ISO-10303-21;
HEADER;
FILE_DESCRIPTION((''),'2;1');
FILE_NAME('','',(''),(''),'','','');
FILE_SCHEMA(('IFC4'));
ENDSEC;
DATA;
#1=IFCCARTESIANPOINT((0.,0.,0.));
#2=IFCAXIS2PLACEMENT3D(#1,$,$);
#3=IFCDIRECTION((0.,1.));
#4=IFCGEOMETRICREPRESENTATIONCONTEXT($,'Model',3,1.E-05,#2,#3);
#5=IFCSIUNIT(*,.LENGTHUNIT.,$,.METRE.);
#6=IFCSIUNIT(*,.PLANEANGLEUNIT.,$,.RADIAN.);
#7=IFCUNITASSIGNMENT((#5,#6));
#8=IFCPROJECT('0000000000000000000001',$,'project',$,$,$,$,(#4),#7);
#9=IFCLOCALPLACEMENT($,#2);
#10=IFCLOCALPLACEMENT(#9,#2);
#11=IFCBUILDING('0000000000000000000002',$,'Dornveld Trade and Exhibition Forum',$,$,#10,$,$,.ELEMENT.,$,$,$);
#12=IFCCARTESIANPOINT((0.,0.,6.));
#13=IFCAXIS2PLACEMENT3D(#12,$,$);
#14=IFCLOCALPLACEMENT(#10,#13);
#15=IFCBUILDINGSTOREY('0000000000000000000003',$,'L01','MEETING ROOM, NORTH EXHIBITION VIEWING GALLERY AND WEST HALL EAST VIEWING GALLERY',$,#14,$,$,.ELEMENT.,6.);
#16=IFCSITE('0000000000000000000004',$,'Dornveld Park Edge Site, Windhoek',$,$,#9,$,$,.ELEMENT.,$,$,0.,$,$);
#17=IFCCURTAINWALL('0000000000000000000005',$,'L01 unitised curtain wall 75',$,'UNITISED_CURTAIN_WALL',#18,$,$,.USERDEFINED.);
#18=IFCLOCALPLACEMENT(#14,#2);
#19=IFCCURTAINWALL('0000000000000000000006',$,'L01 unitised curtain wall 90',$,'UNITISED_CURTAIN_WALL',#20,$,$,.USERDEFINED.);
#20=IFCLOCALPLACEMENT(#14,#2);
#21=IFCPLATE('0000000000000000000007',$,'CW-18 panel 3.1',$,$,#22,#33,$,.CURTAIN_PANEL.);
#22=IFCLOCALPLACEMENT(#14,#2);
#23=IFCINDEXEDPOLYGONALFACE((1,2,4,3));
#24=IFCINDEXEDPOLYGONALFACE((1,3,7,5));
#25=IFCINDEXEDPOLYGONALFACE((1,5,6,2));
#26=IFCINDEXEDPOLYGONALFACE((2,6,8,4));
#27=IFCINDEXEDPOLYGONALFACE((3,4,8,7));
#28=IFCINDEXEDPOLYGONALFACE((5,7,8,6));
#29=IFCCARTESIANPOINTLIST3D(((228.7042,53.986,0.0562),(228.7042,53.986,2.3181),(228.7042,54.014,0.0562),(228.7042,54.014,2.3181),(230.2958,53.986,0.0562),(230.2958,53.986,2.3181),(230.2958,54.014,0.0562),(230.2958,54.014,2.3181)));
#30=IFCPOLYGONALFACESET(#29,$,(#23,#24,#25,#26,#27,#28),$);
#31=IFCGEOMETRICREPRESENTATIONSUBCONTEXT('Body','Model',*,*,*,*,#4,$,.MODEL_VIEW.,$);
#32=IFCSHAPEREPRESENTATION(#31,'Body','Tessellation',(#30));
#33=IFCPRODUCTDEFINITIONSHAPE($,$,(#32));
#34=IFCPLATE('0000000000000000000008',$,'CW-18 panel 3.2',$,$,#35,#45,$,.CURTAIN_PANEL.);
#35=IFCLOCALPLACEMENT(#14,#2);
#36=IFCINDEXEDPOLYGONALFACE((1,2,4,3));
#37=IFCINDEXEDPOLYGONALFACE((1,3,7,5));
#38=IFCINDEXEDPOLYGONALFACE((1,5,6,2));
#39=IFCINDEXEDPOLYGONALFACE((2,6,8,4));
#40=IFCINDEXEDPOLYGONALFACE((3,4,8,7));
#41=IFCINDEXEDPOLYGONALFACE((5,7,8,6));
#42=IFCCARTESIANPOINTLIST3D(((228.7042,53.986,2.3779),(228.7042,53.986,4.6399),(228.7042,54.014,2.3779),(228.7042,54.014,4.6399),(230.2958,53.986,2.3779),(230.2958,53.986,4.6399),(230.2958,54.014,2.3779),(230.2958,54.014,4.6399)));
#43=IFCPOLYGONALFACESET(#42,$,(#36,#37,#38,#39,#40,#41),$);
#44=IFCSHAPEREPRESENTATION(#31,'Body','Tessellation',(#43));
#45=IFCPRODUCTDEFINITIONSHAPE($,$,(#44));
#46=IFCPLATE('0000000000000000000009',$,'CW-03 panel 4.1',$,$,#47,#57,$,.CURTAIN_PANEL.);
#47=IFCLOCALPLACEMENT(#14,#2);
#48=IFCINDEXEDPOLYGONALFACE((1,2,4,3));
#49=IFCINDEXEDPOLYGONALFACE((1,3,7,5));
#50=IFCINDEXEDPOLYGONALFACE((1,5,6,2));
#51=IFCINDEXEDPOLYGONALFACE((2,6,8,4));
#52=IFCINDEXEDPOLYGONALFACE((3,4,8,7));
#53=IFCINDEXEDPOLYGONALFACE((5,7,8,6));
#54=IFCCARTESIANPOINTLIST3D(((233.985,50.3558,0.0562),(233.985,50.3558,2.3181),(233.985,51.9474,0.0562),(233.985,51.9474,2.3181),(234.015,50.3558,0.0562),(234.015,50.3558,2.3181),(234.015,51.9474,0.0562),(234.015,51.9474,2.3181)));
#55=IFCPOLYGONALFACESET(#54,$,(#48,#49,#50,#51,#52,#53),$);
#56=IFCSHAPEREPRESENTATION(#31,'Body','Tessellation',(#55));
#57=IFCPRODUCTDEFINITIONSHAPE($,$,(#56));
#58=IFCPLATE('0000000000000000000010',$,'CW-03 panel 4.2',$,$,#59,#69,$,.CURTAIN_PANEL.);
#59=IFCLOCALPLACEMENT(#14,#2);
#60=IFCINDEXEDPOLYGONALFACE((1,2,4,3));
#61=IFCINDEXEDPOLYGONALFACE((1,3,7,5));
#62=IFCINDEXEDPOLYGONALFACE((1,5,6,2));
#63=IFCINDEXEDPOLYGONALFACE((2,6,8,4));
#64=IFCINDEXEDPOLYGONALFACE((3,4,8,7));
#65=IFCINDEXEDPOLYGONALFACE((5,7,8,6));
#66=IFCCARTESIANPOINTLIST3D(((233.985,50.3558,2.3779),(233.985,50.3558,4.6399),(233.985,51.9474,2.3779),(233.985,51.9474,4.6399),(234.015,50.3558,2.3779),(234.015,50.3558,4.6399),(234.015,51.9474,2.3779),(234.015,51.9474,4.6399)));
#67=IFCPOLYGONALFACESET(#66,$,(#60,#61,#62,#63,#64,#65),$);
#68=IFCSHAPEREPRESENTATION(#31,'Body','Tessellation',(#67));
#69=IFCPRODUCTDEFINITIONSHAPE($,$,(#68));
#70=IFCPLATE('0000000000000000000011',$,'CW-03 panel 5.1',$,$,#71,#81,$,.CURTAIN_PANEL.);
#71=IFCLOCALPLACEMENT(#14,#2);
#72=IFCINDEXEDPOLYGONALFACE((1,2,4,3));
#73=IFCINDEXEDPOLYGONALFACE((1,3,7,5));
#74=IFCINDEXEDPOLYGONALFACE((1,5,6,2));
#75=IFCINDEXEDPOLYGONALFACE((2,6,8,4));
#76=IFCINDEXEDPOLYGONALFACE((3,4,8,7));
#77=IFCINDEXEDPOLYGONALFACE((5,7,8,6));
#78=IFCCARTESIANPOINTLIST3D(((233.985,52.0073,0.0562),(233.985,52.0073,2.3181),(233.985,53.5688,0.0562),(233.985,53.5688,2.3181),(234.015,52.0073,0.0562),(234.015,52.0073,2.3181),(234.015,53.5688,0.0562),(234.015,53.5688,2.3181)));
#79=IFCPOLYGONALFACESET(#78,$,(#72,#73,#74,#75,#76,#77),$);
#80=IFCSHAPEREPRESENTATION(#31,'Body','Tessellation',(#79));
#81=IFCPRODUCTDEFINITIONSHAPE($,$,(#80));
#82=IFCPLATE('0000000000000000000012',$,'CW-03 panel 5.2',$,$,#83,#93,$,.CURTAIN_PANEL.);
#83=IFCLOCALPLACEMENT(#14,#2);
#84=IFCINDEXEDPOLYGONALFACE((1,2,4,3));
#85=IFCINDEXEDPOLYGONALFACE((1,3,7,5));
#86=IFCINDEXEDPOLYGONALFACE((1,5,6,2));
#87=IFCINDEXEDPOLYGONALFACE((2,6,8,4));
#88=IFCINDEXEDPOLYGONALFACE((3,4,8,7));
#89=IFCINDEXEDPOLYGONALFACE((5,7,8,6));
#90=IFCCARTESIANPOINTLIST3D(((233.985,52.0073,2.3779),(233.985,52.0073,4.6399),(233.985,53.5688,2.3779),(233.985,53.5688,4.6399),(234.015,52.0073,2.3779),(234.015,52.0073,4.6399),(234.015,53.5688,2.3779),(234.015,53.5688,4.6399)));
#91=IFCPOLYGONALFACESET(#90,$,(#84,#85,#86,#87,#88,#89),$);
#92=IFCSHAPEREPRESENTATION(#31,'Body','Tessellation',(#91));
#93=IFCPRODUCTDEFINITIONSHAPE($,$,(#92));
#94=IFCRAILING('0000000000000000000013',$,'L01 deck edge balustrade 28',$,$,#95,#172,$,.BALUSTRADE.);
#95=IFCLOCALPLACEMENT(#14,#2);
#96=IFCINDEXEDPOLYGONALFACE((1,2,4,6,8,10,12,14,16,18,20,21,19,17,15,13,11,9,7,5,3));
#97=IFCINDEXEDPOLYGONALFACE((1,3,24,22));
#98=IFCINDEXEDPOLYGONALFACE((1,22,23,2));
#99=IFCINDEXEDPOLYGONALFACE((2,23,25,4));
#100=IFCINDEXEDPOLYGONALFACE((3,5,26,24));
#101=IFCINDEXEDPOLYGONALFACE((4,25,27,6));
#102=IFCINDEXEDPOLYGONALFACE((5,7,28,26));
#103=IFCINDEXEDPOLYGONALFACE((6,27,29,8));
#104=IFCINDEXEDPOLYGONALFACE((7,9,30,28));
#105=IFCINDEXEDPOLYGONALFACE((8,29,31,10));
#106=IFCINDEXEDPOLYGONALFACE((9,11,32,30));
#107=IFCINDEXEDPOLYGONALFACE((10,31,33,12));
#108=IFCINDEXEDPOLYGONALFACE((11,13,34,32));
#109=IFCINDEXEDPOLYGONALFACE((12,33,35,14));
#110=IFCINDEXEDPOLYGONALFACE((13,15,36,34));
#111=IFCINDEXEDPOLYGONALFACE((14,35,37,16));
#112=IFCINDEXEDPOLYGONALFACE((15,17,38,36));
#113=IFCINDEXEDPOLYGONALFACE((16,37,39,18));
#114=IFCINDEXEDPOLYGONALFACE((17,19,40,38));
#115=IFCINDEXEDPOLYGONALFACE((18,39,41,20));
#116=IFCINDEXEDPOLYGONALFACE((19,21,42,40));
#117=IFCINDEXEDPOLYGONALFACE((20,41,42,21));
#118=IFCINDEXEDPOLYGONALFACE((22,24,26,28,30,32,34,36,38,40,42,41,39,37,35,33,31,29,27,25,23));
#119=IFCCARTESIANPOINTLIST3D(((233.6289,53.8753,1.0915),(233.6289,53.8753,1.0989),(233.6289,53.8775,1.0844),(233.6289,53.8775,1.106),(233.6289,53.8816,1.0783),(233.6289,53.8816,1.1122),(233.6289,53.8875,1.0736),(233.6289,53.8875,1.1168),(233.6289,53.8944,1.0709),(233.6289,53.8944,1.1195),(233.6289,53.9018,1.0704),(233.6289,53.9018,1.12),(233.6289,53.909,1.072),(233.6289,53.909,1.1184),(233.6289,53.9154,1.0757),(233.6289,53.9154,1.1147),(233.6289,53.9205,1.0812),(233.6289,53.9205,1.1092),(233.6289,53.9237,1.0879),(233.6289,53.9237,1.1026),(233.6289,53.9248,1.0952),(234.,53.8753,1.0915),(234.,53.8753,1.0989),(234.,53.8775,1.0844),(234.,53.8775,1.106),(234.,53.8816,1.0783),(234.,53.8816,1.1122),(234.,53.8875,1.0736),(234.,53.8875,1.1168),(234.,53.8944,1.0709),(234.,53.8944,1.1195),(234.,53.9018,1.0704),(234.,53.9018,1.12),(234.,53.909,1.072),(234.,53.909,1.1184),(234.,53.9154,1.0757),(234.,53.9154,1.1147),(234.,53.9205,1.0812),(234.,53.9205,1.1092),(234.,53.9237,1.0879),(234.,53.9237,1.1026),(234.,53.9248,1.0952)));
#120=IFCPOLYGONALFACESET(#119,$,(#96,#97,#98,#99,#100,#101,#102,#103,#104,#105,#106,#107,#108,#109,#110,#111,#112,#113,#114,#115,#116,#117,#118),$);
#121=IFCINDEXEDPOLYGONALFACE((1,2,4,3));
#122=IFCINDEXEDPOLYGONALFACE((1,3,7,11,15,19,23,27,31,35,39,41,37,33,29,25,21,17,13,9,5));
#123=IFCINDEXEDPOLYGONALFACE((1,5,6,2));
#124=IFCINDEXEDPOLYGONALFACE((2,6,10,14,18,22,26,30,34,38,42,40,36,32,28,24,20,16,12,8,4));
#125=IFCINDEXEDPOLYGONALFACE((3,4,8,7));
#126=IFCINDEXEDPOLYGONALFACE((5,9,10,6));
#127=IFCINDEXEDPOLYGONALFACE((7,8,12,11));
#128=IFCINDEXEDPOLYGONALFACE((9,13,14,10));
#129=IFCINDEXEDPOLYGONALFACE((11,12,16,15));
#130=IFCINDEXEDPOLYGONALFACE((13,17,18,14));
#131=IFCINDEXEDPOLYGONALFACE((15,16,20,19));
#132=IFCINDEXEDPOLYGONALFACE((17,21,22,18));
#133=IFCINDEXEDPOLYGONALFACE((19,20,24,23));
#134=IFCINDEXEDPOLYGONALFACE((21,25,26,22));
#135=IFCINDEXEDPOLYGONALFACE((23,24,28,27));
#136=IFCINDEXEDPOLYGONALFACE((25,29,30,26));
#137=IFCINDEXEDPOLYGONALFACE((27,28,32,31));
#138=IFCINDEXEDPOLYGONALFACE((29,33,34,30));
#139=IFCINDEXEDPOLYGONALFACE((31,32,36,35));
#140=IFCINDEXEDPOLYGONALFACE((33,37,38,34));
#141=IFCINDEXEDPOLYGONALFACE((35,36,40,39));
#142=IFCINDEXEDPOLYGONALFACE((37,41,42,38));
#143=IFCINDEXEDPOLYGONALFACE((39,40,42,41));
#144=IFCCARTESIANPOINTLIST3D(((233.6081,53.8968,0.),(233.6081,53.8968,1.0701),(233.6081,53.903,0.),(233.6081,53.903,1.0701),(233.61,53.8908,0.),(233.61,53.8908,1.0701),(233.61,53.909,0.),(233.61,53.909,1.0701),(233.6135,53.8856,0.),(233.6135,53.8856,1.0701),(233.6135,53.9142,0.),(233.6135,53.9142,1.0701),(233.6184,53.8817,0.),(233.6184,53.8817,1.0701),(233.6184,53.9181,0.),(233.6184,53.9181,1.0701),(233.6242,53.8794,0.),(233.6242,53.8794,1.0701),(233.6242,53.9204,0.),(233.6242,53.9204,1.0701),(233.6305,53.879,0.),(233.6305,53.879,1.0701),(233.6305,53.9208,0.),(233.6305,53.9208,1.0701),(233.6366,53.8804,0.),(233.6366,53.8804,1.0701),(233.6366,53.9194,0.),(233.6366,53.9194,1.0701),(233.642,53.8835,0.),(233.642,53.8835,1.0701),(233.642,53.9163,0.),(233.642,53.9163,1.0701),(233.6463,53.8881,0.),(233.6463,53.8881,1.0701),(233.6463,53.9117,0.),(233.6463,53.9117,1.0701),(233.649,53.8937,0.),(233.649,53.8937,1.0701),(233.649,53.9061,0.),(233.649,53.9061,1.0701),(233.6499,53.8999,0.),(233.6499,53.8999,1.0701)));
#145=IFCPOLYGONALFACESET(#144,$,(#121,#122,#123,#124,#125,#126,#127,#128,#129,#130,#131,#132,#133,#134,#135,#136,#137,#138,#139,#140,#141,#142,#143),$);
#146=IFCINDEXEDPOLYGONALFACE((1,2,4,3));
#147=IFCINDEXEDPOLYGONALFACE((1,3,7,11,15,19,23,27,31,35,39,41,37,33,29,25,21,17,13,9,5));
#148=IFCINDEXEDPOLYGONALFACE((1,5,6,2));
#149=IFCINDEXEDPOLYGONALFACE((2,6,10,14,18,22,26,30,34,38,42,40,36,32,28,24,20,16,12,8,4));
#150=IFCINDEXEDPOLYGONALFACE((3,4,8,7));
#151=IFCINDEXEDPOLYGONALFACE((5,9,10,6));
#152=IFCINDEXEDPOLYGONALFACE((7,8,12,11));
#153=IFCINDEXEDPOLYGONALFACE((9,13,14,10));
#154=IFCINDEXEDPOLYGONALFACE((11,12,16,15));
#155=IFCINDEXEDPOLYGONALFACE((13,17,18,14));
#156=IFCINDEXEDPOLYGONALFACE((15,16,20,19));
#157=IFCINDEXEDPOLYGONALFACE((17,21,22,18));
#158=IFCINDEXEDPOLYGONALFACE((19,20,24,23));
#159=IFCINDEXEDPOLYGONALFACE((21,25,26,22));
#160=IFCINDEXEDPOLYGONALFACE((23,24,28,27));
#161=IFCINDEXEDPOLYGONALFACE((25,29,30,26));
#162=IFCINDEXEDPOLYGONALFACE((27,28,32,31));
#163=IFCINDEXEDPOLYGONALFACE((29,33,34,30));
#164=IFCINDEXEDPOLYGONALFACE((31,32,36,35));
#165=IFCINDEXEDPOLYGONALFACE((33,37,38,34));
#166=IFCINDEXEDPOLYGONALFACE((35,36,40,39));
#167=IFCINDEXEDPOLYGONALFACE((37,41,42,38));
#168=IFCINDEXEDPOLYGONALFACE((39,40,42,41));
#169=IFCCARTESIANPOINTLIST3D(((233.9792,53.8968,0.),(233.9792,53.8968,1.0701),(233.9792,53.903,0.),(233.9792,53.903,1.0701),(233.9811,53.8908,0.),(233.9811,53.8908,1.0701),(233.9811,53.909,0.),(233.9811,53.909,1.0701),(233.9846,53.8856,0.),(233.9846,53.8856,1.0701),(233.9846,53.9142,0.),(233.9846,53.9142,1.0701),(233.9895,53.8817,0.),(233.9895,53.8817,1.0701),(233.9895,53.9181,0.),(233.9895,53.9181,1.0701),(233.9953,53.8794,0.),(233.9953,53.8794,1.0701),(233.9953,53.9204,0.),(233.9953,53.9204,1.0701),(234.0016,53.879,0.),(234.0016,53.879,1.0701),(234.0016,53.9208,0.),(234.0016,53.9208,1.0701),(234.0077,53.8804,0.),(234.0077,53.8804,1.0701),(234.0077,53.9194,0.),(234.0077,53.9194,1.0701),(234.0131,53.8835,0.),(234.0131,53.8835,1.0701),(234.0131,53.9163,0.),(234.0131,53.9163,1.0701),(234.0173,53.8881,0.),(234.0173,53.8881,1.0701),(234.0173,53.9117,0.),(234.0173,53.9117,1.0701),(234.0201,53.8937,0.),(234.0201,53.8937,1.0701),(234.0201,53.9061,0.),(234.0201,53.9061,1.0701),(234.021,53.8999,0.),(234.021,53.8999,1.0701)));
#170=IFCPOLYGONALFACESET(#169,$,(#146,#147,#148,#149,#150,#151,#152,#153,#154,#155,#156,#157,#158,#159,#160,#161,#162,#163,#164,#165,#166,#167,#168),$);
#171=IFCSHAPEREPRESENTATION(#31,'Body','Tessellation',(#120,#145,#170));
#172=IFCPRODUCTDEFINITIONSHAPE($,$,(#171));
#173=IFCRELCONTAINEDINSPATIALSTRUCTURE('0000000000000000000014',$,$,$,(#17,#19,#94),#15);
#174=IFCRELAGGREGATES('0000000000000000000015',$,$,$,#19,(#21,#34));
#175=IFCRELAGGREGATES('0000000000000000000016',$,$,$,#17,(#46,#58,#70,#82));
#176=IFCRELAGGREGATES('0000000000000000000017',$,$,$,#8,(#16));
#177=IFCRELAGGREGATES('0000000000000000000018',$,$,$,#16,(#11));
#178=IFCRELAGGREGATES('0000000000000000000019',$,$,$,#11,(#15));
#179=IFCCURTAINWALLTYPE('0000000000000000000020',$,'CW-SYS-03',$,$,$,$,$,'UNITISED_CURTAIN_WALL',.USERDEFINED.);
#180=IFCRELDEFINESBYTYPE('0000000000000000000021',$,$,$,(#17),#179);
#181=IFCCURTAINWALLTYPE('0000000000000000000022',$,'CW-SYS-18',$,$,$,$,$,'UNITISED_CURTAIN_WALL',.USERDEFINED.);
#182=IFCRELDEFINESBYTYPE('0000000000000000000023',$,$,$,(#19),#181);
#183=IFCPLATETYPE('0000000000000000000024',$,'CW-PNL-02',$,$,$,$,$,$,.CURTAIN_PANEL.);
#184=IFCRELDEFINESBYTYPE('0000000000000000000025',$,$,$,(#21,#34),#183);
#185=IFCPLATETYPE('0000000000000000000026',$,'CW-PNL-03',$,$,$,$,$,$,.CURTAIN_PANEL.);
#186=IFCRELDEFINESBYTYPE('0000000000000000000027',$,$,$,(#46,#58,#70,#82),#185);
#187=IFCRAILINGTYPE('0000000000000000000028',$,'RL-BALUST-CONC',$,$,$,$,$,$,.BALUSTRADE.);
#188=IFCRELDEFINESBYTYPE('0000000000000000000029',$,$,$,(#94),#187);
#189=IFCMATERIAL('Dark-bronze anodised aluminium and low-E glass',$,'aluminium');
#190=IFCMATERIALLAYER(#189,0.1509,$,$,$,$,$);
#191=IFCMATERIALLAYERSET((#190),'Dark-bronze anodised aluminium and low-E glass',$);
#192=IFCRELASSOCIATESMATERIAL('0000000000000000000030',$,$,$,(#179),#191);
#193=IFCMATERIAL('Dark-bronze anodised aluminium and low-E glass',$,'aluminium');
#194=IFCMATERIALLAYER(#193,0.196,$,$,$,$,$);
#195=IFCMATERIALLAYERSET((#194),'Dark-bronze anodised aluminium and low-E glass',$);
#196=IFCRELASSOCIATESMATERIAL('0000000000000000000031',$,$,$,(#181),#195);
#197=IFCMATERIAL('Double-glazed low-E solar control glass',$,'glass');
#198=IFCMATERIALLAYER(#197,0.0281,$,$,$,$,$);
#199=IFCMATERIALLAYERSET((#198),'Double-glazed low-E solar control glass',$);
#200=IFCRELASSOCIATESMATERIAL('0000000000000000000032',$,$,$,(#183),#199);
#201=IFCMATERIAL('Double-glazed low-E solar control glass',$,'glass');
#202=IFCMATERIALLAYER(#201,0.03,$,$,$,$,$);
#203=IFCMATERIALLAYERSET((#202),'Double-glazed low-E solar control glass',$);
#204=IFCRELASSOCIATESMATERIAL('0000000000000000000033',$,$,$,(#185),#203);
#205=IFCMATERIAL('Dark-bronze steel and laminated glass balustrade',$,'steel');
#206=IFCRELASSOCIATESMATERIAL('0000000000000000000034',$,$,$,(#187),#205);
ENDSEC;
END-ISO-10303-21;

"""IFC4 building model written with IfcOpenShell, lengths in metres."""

from ifc_helpers import new_model, si_unit, direction, frame, origin, origin_2d, place, context, subcontext, project, spatial, rectangle, circle, extrude, material, layer, layer_set, type_object, element, aggregate, save


model = new_model("IFC4")

# Units and contexts
model_context = context("Model", 3, precision=1e-05, world=origin(), true_north=direction((0.0, 1.0)))
body_context = subcontext(model_context, "Body", "Model", "MODEL_VIEW")
ifc_project = project(units=[si_unit("LENGTHUNIT", "METRE"), si_unit("PLANEANGLEUNIT", "RADIAN")], contexts=[model_context])

# Site, building, storey
site_placement = place(None, origin())
site = spatial("IfcSite", under=ifc_project, at=site_placement, Name="Dornveld Park Edge Site, Windhoek", CompositionType="ELEMENT", RefElevation=0.0)
building_placement = place(site_placement, origin())
building = spatial("IfcBuilding", under=site, at=building_placement, Name="Dornveld Trade and Exhibition Forum", CompositionType="ELEMENT")
storey_placement = place(building_placement, frame((0.0, 0.0, 6.0)))
storey = spatial("IfcBuildingStorey", under=building, at=storey_placement, Name="L01", Description="MEETING ROOM, NORTH EXHIBITION VIEWING GALLERY AND WEST HALL EAST VIEWING GALLERY", CompositionType="ELEMENT", Elevation=6.0)

# Curtain walls
ifc_material_1 = material(Name="Dark-bronze anodised aluminium and low-E glass", Category="aluminium")
ifc_layer_1 = layer(ifc_material_1, 0.1509)
ifc_layer_set_1 = layer_set([ifc_layer_1], Name="Dark-bronze anodised aluminium and low-E glass")
curtain_wall_type_1 = type_object("IfcCurtainWallType", Name="CW-SYS-03", ElementType="UNITISED_CURTAIN_WALL", PredefinedType="USERDEFINED", material=ifc_layer_set_1)
curtain_wall_1_placement = place(storey_placement, origin())
curtain_wall_1 = element("IfcCurtainWall", 1, at=curtain_wall_1_placement, inside=storey, type_object=curtain_wall_type_1, Name="L01 unitised curtain wall 75", ObjectType="UNITISED_CURTAIN_WALL", PredefinedType="USERDEFINED")
ifc_material_2 = material(Name="Dark-bronze anodised aluminium and low-E glass", Category="aluminium")
ifc_layer_2 = layer(ifc_material_2, 0.196)
ifc_layer_set_2 = layer_set([ifc_layer_2], Name="Dark-bronze anodised aluminium and low-E glass")
curtain_wall_type_2 = type_object("IfcCurtainWallType", Name="CW-SYS-18", ElementType="UNITISED_CURTAIN_WALL", PredefinedType="USERDEFINED", material=ifc_layer_set_2)
curtain_wall_2_placement = place(storey_placement, origin())
curtain_wall_2 = element("IfcCurtainWall", 2, at=curtain_wall_2_placement, inside=storey, type_object=curtain_wall_type_2, Name="L01 unitised curtain wall 90", ObjectType="UNITISED_CURTAIN_WALL", PredefinedType="USERDEFINED")

# Plates
ifc_material_3 = material(Name="Double-glazed low-E solar control glass", Category="glass")
ifc_layer_3 = layer(ifc_material_3, 0.0281)
ifc_layer_set_3 = layer_set([ifc_layer_3], Name="Double-glazed low-E solar control glass")
plate_type_1 = type_object("IfcPlateType", Name="CW-PNL-02", PredefinedType="CURTAIN_PANEL", material=ifc_layer_set_3)
plate_1_placement = place(storey_placement, frame((229.5, 54.0, 0.0562), z_axis=(0.0, 0.0, 1.0), x_axis=(-1.0, 0.0, 0.0)))
plate_1 = element("IfcPlate", 3, at=plate_1_placement, type_object=plate_type_1, Name="CW-18 panel 3.1", PredefinedType="CURTAIN_PANEL", context=body_context, shape_type="SweptSolid", body=[
    extrude(rectangle(XDim=1.5916, YDim=0.0281, at=origin_2d()), origin(), (0.0, 0.0, 1.0), 2.262),
])
plate_2_placement = place(storey_placement, frame((229.5, 54.0, 2.3779), z_axis=(0.0, 0.0, 1.0), x_axis=(-1.0, 0.0, 0.0)))
plate_2 = element("IfcPlate", 4, at=plate_2_placement, type_object=plate_type_1, Name="CW-18 panel 3.2", PredefinedType="CURTAIN_PANEL", context=body_context, shape_type="SweptSolid", body=[
    extrude(rectangle(XDim=1.5916, YDim=0.0281, at=origin_2d()), origin(), (0.0, 0.0, 1.0), 2.262),
])
aggregate(curtain_wall_2, [plate_1, plate_2])
ifc_material_4 = material(Name="Double-glazed low-E solar control glass", Category="glass")
ifc_layer_4 = layer(ifc_material_4, 0.03)
ifc_layer_set_4 = layer_set([ifc_layer_4], Name="Double-glazed low-E solar control glass")
plate_type_2 = type_object("IfcPlateType", Name="CW-PNL-03", PredefinedType="CURTAIN_PANEL", material=ifc_layer_set_4)
plate_3_placement = place(storey_placement, frame((234.0, 51.1516, 0.0562), z_axis=(0.0, 0.0, 1.0), x_axis=(0.0, 1.0, 0.0)))
plate_3 = element("IfcPlate", 5, at=plate_3_placement, type_object=plate_type_2, Name="CW-03 panel 4.1", PredefinedType="CURTAIN_PANEL", context=body_context, shape_type="SweptSolid", body=[
    extrude(rectangle(XDim=1.5916, YDim=0.03, at=origin_2d()), origin(), (0.0, 0.0, 1.0), 2.262),
])
plate_4_placement = place(storey_placement, frame((234.0, 51.1516, 2.3779), z_axis=(0.0, 0.0, 1.0), x_axis=(0.0, 1.0, 0.0)))
plate_4 = element("IfcPlate", 6, at=plate_4_placement, type_object=plate_type_2, Name="CW-03 panel 4.2", PredefinedType="CURTAIN_PANEL", context=body_context, shape_type="SweptSolid", body=[
    extrude(rectangle(XDim=1.5916, YDim=0.03, at=origin_2d()), origin(), (0.0, 0.0, 1.0), 2.262),
])
plate_5_placement = place(storey_placement, frame((234.0, 52.7881, 0.0562), z_axis=(0.0, 0.0, 1.0), x_axis=(0.0, 1.0, 0.0)))
plate_5 = element("IfcPlate", 7, at=plate_5_placement, type_object=plate_type_2, Name="CW-03 panel 5.1", PredefinedType="CURTAIN_PANEL", context=body_context, shape_type="SweptSolid", body=[
    extrude(rectangle(XDim=1.5615, YDim=0.03, at=origin_2d()), origin(), (0.0, 0.0, 1.0), 2.262),
])
plate_6_placement = place(storey_placement, frame((234.0, 52.7881, 2.3779), z_axis=(0.0, 0.0, 1.0), x_axis=(0.0, 1.0, 0.0)))
plate_6 = element("IfcPlate", 8, at=plate_6_placement, type_object=plate_type_2, Name="CW-03 panel 5.2", PredefinedType="CURTAIN_PANEL", context=body_context, shape_type="SweptSolid", body=[
    extrude(rectangle(XDim=1.5615, YDim=0.03, at=origin_2d()), origin(), (0.0, 0.0, 1.0), 2.262),
])
aggregate(curtain_wall_1, [plate_3, plate_4, plate_5, plate_6])

# Railing
ifc_material_5 = material(Name="Dark-bronze steel and laminated glass balustrade", Category="steel")
railing_type = type_object("IfcRailingType", Name="RL-BALUST-CONC", PredefinedType="BALUSTRADE", material=ifc_material_5)
railing_1_placement = place(storey_placement, frame((233.6289, 53.8999, 0.0)))
element("IfcRailing", 9, at=railing_1_placement, inside=storey, type_object=railing_type, Name="L01 deck edge balustrade 28", PredefinedType="BALUSTRADE", context=body_context, shape_type="SweptSolid", body=[
    extrude(circle(Radius=0.0249, at=origin_2d()), frame((0.0, 0.0, 1.0952), z_axis=(1.0, 0.0, 0.0), x_axis=(0.0, 1.0, 0.0)), (0.0, 0.0, 1.0), 0.3711),
    extrude(circle(Radius=0.021, at=origin_2d()), origin(), (0.0, 0.0, 1.0), 1.0701),
    extrude(circle(Radius=0.021, at=origin_2d()), frame((0.3711, 0.0, 0.0)), (0.0, 0.0, 1.0), 1.0701),
])

save(model, "model.ifc")
